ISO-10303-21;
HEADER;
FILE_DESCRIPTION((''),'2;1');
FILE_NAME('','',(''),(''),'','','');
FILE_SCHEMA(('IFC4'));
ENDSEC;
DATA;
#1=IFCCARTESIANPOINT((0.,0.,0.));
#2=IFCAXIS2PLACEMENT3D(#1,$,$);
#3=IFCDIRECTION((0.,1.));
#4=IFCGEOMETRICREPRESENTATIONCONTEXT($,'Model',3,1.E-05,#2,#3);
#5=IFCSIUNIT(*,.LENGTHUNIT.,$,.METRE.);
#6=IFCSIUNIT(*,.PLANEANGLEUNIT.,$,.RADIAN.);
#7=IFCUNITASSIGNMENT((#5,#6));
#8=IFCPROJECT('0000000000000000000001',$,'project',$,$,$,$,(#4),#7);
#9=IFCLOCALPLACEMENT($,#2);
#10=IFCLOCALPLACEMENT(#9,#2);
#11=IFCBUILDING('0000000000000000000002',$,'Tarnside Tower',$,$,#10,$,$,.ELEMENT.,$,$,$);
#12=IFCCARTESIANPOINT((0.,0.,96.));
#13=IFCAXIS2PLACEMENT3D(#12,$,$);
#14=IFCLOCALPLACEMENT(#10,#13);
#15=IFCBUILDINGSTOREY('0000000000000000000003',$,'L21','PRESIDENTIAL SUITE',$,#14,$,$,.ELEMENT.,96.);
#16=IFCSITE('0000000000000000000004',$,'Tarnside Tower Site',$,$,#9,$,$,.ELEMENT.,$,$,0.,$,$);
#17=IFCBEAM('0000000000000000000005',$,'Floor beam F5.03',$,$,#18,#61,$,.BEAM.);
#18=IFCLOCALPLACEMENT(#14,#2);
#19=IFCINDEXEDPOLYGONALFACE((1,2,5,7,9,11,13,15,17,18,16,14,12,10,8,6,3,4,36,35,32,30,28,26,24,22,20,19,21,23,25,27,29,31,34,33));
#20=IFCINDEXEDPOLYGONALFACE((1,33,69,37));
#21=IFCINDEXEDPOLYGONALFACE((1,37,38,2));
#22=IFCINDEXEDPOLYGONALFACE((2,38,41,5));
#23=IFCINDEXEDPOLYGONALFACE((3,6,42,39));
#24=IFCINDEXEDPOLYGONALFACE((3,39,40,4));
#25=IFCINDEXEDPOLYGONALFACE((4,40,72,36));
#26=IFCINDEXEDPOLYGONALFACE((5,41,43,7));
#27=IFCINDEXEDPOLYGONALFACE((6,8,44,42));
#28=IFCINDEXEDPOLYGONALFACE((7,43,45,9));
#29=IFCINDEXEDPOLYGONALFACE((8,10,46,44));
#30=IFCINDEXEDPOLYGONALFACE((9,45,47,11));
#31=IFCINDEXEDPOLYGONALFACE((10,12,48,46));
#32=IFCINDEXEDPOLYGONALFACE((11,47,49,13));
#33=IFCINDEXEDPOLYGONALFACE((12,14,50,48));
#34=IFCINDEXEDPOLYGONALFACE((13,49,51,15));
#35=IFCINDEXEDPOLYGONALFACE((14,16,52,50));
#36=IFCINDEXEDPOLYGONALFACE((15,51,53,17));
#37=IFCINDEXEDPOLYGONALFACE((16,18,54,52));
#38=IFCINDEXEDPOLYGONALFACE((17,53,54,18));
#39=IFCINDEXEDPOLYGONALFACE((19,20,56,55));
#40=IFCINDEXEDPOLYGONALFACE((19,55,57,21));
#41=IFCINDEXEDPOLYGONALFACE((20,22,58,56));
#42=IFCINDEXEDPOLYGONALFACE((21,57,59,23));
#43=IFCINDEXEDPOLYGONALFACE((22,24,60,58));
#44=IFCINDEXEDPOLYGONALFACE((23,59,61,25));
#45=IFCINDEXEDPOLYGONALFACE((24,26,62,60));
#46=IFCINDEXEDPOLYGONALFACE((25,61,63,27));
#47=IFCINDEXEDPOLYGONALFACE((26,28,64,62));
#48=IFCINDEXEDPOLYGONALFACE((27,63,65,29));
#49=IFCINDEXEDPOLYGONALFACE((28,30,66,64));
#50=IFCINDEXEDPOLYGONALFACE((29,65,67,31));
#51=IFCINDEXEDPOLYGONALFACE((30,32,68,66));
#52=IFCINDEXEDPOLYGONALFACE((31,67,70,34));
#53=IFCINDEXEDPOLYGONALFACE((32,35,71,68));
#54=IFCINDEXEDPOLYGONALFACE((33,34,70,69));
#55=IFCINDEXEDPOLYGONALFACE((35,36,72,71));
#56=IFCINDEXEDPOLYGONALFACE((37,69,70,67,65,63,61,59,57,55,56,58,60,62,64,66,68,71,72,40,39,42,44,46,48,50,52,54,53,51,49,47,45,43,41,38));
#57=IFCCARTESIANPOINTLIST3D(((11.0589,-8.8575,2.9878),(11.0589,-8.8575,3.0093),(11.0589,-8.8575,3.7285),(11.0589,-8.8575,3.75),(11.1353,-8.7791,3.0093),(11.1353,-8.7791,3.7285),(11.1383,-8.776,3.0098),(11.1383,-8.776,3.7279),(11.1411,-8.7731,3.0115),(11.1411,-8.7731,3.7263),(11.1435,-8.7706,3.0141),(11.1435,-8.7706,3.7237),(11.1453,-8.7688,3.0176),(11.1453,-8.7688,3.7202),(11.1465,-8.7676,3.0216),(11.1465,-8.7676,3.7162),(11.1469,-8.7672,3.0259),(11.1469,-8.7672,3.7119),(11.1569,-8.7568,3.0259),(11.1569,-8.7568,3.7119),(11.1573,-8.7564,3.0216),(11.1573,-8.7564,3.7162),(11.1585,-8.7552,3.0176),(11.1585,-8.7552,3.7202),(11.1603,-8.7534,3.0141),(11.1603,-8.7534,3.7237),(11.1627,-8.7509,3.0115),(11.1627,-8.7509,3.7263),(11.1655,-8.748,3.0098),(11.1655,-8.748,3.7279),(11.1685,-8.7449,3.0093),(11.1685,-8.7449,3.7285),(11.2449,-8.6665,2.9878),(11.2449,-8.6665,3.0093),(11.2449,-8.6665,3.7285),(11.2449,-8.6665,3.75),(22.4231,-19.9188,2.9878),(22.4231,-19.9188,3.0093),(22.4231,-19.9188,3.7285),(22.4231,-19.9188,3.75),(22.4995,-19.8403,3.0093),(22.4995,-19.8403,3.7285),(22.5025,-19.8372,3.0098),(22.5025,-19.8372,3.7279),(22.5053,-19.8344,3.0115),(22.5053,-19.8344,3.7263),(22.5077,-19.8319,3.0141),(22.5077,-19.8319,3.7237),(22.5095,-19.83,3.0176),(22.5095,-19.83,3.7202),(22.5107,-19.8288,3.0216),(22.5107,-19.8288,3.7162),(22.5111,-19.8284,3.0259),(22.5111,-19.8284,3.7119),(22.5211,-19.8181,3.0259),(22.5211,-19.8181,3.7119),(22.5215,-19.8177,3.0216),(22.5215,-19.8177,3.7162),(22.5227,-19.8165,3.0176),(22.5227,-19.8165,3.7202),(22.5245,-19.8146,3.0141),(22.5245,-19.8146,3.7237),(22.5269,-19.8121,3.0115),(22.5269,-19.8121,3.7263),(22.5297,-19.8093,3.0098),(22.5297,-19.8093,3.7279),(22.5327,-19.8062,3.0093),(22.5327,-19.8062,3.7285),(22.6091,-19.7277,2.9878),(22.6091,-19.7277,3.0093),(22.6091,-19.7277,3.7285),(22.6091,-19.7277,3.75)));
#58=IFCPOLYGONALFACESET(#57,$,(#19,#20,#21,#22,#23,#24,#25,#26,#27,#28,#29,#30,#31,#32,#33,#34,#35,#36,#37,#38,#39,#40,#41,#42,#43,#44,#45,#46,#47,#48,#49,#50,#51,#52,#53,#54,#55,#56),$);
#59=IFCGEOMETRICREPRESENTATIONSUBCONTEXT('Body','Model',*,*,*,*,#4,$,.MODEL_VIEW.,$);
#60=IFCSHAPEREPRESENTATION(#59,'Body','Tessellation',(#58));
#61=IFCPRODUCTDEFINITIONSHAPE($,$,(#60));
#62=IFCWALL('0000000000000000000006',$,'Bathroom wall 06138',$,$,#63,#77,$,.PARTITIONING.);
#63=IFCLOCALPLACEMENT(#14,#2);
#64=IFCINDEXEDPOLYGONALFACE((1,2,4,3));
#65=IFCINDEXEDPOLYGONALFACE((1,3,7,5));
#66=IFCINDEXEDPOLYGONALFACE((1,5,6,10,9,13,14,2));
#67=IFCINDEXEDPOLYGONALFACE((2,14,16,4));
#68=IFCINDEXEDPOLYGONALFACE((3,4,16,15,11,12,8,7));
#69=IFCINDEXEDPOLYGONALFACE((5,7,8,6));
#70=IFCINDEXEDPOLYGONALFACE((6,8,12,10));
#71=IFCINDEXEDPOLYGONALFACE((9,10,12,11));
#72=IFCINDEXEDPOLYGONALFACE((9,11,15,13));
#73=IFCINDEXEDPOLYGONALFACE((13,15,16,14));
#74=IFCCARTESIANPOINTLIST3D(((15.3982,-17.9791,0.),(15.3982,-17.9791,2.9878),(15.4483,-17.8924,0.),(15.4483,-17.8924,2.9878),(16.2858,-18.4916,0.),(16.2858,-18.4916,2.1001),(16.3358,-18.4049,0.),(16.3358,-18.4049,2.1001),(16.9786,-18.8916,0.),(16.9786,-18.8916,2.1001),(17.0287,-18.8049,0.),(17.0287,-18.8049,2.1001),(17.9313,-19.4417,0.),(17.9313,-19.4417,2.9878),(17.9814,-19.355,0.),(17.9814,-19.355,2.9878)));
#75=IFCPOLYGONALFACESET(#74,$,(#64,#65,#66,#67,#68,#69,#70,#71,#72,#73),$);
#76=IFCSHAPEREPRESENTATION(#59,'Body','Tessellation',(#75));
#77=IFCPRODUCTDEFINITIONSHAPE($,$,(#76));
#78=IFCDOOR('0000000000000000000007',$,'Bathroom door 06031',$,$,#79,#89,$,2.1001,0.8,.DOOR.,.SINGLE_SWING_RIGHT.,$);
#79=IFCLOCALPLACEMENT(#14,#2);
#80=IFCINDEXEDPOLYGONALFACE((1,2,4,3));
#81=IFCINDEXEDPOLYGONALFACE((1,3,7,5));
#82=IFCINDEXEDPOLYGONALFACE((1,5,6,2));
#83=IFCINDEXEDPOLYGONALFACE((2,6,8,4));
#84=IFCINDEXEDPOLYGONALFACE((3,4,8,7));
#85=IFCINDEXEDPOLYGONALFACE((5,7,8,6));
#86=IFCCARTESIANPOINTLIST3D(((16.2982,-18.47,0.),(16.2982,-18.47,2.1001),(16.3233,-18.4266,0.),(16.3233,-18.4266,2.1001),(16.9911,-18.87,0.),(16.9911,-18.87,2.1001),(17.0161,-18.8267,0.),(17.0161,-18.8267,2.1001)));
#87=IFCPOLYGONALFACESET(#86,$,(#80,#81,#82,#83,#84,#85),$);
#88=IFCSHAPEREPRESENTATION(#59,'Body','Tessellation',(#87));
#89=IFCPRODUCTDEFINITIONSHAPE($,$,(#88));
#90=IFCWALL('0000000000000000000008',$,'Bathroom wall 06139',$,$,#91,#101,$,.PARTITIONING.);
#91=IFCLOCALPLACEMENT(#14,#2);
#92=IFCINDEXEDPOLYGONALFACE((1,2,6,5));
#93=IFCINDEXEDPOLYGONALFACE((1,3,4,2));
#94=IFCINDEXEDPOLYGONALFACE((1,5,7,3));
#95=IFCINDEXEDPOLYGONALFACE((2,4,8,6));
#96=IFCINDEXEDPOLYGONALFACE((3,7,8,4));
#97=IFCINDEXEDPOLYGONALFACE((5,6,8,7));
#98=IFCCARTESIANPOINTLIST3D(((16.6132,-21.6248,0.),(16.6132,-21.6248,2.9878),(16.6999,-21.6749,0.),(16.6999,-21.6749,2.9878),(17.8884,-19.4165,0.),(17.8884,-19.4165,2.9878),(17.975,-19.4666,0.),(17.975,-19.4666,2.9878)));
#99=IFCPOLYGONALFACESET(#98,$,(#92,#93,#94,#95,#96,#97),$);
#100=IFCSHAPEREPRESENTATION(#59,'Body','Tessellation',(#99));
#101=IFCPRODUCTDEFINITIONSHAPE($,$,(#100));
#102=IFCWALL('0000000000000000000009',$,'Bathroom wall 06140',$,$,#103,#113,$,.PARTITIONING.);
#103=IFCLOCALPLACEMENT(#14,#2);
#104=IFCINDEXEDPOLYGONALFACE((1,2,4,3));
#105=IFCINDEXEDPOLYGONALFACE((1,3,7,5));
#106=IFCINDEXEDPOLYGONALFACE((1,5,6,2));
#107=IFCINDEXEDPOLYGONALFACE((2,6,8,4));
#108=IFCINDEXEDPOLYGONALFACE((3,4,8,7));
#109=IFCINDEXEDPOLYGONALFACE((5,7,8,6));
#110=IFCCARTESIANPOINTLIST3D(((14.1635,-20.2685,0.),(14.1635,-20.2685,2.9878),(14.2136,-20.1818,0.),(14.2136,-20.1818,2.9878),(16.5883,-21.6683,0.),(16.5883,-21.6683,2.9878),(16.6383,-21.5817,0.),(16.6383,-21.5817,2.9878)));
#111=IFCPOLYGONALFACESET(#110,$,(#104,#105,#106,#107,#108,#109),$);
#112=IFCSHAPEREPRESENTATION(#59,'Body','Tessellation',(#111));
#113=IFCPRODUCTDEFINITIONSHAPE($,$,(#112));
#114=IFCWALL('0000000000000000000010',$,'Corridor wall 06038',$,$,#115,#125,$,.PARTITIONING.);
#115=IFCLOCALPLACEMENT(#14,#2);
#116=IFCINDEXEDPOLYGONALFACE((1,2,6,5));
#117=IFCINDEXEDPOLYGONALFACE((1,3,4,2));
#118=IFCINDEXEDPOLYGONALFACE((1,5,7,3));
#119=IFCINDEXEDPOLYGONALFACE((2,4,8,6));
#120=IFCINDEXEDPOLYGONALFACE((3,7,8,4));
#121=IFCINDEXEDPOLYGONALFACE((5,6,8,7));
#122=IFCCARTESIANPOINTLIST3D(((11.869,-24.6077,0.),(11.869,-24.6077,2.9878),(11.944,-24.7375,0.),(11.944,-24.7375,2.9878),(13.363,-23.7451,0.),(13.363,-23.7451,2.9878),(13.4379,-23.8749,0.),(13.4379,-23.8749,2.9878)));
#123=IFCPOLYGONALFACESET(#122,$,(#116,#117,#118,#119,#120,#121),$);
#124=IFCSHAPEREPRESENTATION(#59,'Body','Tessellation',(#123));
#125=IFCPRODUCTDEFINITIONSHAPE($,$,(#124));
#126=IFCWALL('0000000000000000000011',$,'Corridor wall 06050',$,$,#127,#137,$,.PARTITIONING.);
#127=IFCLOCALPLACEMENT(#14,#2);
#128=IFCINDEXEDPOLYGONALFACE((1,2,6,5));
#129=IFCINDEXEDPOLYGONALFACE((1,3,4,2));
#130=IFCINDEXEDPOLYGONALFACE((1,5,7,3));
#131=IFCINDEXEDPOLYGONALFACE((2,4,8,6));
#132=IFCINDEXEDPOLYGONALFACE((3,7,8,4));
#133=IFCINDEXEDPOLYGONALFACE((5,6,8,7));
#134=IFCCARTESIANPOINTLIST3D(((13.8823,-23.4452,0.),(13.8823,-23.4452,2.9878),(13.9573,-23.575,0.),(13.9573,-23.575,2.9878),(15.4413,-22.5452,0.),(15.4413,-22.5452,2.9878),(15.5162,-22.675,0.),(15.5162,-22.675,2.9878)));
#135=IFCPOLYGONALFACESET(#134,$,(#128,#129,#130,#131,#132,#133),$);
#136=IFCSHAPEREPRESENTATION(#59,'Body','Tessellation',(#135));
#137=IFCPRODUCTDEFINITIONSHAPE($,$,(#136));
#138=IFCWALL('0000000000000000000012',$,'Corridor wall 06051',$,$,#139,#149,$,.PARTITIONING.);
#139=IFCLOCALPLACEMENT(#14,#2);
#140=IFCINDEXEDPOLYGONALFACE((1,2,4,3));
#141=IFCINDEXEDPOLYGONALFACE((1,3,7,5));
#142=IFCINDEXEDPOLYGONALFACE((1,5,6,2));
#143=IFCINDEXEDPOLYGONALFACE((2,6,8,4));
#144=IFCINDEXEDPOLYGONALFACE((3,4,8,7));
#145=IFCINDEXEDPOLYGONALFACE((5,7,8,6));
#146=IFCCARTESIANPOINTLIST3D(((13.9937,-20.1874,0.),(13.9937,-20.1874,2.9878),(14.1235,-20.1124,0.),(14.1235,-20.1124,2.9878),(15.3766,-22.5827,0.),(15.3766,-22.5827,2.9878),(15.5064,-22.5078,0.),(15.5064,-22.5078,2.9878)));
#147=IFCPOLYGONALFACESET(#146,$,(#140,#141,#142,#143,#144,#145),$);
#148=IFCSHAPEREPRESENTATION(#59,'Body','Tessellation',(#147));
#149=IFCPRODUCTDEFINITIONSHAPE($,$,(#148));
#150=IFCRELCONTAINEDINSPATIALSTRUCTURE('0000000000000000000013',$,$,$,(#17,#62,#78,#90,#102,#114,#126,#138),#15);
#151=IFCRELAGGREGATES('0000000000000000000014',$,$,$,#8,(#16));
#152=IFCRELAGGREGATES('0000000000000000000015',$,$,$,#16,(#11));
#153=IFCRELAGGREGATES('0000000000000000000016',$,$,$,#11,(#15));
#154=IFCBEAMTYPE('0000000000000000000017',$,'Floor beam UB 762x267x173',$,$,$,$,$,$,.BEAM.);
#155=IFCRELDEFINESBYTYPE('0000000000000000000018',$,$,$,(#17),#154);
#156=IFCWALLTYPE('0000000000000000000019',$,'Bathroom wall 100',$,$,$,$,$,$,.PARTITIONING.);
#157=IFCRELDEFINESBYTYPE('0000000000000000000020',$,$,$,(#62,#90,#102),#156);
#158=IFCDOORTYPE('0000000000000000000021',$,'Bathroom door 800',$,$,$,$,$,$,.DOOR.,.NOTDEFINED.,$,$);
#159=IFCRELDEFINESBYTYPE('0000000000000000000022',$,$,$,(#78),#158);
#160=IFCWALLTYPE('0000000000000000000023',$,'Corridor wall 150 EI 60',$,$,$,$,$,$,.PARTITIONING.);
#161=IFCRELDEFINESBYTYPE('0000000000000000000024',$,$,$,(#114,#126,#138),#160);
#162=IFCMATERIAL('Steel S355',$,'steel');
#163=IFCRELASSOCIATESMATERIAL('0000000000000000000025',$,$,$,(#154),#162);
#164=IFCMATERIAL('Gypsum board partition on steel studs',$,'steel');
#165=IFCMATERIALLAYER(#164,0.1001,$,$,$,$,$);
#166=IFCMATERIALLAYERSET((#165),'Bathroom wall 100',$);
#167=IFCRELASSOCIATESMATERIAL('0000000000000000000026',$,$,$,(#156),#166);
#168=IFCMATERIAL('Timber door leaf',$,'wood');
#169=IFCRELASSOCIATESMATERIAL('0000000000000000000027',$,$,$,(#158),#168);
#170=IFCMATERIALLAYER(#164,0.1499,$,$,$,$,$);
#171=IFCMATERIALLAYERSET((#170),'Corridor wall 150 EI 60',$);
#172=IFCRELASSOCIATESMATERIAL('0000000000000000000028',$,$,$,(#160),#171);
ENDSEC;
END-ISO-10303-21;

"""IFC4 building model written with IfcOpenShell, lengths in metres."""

from ifc_helpers import new_model, si_unit, direction, frame, frame_2d, origin, origin_2d, place, context, subcontext, project, spatial, rectangle, i_section, extrude, material, layer, layer_set, material_profile, profile_set, type_object, element, fill, save


model = new_model("IFC4")

# Units and contexts
model_context = context("Model", 3, precision=1e-05, world=origin(), true_north=direction((0.0, 1.0)))
body_context = subcontext(model_context, "Body", "Model", "MODEL_VIEW")
ifc_project = project(units=[si_unit("LENGTHUNIT", "METRE"), si_unit("PLANEANGLEUNIT", "RADIAN")], contexts=[model_context])

# Site, building, storey
site_placement = place(None, origin())
site = spatial("IfcSite", under=ifc_project, at=site_placement, Name="Tarnside Tower Site", CompositionType="ELEMENT", RefElevation=0.0)
building_placement = place(site_placement, origin())
building = spatial("IfcBuilding", under=site, at=building_placement, Name="Tarnside Tower", CompositionType="ELEMENT")
storey_placement = place(building_placement, frame((0.0, 0.0, 96.0)))
storey = spatial("IfcBuildingStorey", under=building, at=storey_placement, Name="L21", Description="PRESIDENTIAL SUITE", CompositionType="ELEMENT", Elevation=96.0)

# Beam
ifc_material_1 = material(Name="Steel S355", Category="steel")
ifc_material_profile = material_profile(ifc_material_1, i_section(OverallWidth=0.2666, OverallDepth=0.7622, WebThickness=0.0144, FlangeThickness=0.0215, FilletRadius=0.0166, at=origin_2d()), Name="UB 762x267x173")
ifc_profile_set = profile_set([ifc_material_profile], Name="Steel S355")
beam_type = type_object("IfcBeamType", Name="Floor beam UB 762x267x173", PredefinedType="BEAM", material=ifc_profile_set)
beam_1_placement = place(storey_placement, frame((22.5161, -19.8232, 3.3689), z_axis=(-0.716595, 0.69749, 0.0), x_axis=(-0.69749, -0.716595, 0.0)))
element("IfcBeam", 1, at=beam_1_placement, inside=storey, type_object=beam_type, Name="Floor beam F5.03", PredefinedType="BEAM", context=body_context, shape_type="SweptSolid", body=[
    extrude(i_section(OverallWidth=0.2666, OverallDepth=0.7622, WebThickness=0.0144, FlangeThickness=0.0215, FilletRadius=0.0166, at=origin_2d()), origin(), (0.0, 0.0, 1.0), 15.8586),
])

# Wall, opening, door
ifc_material_2 = material(Name="Gypsum board partition on steel studs", Category="steel")
ifc_layer_1 = layer(ifc_material_2, 0.1001)
ifc_layer_set_1 = layer_set([ifc_layer_1], Name="Bathroom wall 100")
wall_type_1 = type_object("IfcWallType", Name="Bathroom wall 100", PredefinedType="PARTITIONING", material=ifc_layer_set_1)
wall_1_placement = place(storey_placement, frame((15.4233, -17.9358, 0.0), z_axis=(0.0, 0.0, 1.0), x_axis=(0.86601, -0.500026, 0.0)))
wall_1 = element("IfcWall", 2, at=wall_1_placement, inside=storey, type_object=wall_type_1, Name="Bathroom wall 06138", PredefinedType="PARTITIONING", context=body_context, shape_type="SweptSolid", body=[
    extrude(rectangle(XDim=2.925, YDim=0.1001, at=frame_2d((1.4624, 0.0))), origin(), (0.0, 0.0, 1.0), 2.9878),
])
opening_1_placement = place(wall_1_placement, frame((1.0249, 0.0, 0.0)))
opening_1 = element("IfcOpeningElement", 3, at=opening_1_placement, cuts=wall_1, PredefinedType="OPENING", context=body_context, shape_type="SweptSolid", body=[
    extrude(rectangle(XDim=0.8, YDim=2.1001, at=frame_2d((0.3999, 1.05))), frame((0.0, 0.0601, 0.0), z_axis=(0.0, -1.0, 0.0), x_axis=(1.0, 0.0, 0.0)), (0.0, 0.0, 1.0), 0.1201),
])
ifc_material_3 = material(Name="Timber door leaf", Category="wood")
door_type_1 = type_object("IfcDoorType", Name="Bathroom door 800", OperationType="NOTDEFINED", PredefinedType="DOOR", material=ifc_material_3)
door_1_placement = place(opening_1_placement, origin())
door_1 = element("IfcDoor", 4, at=door_1_placement, inside=storey, type_object=door_type_1, Name="Bathroom door 06031", OperationType="SINGLE_SWING_RIGHT", OverallHeight=2.1001, OverallWidth=0.8, PredefinedType="DOOR", context=body_context, shape_type="SweptSolid", body=[
    extrude(rectangle(XDim=0.8, YDim=2.1001, at=frame_2d((0.3999, 1.05))), frame((0.0, 0.0249, 0.0), z_axis=(0.0, -1.0, 0.0), x_axis=(1.0, 0.0, 0.0)), (0.0, 0.0, 1.0), 0.05),
])
fill(opening_1, door_1)

# Walls
wall_2_placement = place(storey_placement, frame((17.9316, -19.4417, 0.0), z_axis=(0.0, 0.0, 1.0), x_axis=(-0.500062, -0.865989, 0.0)))
element("IfcWall", 5, at=wall_2_placement, inside=storey, type_object=wall_type_1, Name="Bathroom wall 06139", PredefinedType="PARTITIONING", context=body_context, shape_type="SweptSolid", body=[
    extrude(rectangle(XDim=2.55, YDim=0.1001, at=frame_2d((1.2749, 0.0))), origin(), (0.0, 0.0, 1.0), 2.9878),
])
wall_3_placement = place(storey_placement, frame((16.6133, -21.625, 0.0), z_axis=(0.0, 0.0, 1.0), x_axis=(-0.866035, 0.499984, 0.0)))
element("IfcWall", 6, at=wall_3_placement, inside=storey, type_object=wall_type_1, Name="Bathroom wall 06140", PredefinedType="PARTITIONING", context=body_context, shape_type="SweptSolid", body=[
    extrude(rectangle(XDim=2.7998, YDim=0.1001, at=frame_2d((1.3999, 0.0))), origin(), (0.0, 0.0, 1.0), 2.9878),
])
ifc_layer_2 = layer(ifc_material_2, 0.1499)
ifc_layer_set_2 = layer_set([ifc_layer_2], Name="Corridor wall 150 EI 60")
wall_type_2 = type_object("IfcWallType", Name="Corridor wall 150 EI 60", PredefinedType="PARTITIONING", material=ifc_layer_set_2)
wall_4_placement = place(storey_placement, frame((11.9065, -24.6726, 0.0), z_axis=(0.0, 0.0, 1.0), x_axis=(0.866014, 0.500021, 0.0)))
element("IfcWall", 7, at=wall_4_placement, inside=storey, type_object=wall_type_2, Name="Corridor wall 06038", PredefinedType="PARTITIONING", context=body_context, shape_type="SweptSolid", body=[
    extrude(rectangle(XDim=1.7251, YDim=0.1499, at=frame_2d((0.8625, 0.0))), origin(), (0.0, 0.0, 1.0), 2.9878),
])
wall_5_placement = place(storey_placement, frame((13.9199, -23.51, 0.0), z_axis=(0.0, 0.0, 1.0), x_axis=(0.866048, 0.499961, 0.0)))
element("IfcWall", 8, at=wall_5_placement, inside=storey, type_object=wall_type_2, Name="Corridor wall 06050", PredefinedType="PARTITIONING", context=body_context, shape_type="SweptSolid", body=[
    extrude(rectangle(XDim=1.8, YDim=0.1499, at=frame_2d((0.8999, 0.0))), origin(), (0.0, 0.0, 1.0), 2.9878),
])
wall_6_placement = place(storey_placement, frame((15.4414, -22.5452, 0.0), z_axis=(0.0, 0.0, 1.0), x_axis=(-0.499975, 0.86604, 0.0)))
element("IfcWall", 9, at=wall_6_placement, inside=storey, type_object=wall_type_2, Name="Corridor wall 06051", PredefinedType="PARTITIONING", context=body_context, shape_type="SweptSolid", body=[
    extrude(rectangle(XDim=2.7659, YDim=0.1499, at=frame_2d((1.3828, 0.0))), origin(), (0.0, 0.0, 1.0), 2.9878),
])

save(model, "model.ifc")
